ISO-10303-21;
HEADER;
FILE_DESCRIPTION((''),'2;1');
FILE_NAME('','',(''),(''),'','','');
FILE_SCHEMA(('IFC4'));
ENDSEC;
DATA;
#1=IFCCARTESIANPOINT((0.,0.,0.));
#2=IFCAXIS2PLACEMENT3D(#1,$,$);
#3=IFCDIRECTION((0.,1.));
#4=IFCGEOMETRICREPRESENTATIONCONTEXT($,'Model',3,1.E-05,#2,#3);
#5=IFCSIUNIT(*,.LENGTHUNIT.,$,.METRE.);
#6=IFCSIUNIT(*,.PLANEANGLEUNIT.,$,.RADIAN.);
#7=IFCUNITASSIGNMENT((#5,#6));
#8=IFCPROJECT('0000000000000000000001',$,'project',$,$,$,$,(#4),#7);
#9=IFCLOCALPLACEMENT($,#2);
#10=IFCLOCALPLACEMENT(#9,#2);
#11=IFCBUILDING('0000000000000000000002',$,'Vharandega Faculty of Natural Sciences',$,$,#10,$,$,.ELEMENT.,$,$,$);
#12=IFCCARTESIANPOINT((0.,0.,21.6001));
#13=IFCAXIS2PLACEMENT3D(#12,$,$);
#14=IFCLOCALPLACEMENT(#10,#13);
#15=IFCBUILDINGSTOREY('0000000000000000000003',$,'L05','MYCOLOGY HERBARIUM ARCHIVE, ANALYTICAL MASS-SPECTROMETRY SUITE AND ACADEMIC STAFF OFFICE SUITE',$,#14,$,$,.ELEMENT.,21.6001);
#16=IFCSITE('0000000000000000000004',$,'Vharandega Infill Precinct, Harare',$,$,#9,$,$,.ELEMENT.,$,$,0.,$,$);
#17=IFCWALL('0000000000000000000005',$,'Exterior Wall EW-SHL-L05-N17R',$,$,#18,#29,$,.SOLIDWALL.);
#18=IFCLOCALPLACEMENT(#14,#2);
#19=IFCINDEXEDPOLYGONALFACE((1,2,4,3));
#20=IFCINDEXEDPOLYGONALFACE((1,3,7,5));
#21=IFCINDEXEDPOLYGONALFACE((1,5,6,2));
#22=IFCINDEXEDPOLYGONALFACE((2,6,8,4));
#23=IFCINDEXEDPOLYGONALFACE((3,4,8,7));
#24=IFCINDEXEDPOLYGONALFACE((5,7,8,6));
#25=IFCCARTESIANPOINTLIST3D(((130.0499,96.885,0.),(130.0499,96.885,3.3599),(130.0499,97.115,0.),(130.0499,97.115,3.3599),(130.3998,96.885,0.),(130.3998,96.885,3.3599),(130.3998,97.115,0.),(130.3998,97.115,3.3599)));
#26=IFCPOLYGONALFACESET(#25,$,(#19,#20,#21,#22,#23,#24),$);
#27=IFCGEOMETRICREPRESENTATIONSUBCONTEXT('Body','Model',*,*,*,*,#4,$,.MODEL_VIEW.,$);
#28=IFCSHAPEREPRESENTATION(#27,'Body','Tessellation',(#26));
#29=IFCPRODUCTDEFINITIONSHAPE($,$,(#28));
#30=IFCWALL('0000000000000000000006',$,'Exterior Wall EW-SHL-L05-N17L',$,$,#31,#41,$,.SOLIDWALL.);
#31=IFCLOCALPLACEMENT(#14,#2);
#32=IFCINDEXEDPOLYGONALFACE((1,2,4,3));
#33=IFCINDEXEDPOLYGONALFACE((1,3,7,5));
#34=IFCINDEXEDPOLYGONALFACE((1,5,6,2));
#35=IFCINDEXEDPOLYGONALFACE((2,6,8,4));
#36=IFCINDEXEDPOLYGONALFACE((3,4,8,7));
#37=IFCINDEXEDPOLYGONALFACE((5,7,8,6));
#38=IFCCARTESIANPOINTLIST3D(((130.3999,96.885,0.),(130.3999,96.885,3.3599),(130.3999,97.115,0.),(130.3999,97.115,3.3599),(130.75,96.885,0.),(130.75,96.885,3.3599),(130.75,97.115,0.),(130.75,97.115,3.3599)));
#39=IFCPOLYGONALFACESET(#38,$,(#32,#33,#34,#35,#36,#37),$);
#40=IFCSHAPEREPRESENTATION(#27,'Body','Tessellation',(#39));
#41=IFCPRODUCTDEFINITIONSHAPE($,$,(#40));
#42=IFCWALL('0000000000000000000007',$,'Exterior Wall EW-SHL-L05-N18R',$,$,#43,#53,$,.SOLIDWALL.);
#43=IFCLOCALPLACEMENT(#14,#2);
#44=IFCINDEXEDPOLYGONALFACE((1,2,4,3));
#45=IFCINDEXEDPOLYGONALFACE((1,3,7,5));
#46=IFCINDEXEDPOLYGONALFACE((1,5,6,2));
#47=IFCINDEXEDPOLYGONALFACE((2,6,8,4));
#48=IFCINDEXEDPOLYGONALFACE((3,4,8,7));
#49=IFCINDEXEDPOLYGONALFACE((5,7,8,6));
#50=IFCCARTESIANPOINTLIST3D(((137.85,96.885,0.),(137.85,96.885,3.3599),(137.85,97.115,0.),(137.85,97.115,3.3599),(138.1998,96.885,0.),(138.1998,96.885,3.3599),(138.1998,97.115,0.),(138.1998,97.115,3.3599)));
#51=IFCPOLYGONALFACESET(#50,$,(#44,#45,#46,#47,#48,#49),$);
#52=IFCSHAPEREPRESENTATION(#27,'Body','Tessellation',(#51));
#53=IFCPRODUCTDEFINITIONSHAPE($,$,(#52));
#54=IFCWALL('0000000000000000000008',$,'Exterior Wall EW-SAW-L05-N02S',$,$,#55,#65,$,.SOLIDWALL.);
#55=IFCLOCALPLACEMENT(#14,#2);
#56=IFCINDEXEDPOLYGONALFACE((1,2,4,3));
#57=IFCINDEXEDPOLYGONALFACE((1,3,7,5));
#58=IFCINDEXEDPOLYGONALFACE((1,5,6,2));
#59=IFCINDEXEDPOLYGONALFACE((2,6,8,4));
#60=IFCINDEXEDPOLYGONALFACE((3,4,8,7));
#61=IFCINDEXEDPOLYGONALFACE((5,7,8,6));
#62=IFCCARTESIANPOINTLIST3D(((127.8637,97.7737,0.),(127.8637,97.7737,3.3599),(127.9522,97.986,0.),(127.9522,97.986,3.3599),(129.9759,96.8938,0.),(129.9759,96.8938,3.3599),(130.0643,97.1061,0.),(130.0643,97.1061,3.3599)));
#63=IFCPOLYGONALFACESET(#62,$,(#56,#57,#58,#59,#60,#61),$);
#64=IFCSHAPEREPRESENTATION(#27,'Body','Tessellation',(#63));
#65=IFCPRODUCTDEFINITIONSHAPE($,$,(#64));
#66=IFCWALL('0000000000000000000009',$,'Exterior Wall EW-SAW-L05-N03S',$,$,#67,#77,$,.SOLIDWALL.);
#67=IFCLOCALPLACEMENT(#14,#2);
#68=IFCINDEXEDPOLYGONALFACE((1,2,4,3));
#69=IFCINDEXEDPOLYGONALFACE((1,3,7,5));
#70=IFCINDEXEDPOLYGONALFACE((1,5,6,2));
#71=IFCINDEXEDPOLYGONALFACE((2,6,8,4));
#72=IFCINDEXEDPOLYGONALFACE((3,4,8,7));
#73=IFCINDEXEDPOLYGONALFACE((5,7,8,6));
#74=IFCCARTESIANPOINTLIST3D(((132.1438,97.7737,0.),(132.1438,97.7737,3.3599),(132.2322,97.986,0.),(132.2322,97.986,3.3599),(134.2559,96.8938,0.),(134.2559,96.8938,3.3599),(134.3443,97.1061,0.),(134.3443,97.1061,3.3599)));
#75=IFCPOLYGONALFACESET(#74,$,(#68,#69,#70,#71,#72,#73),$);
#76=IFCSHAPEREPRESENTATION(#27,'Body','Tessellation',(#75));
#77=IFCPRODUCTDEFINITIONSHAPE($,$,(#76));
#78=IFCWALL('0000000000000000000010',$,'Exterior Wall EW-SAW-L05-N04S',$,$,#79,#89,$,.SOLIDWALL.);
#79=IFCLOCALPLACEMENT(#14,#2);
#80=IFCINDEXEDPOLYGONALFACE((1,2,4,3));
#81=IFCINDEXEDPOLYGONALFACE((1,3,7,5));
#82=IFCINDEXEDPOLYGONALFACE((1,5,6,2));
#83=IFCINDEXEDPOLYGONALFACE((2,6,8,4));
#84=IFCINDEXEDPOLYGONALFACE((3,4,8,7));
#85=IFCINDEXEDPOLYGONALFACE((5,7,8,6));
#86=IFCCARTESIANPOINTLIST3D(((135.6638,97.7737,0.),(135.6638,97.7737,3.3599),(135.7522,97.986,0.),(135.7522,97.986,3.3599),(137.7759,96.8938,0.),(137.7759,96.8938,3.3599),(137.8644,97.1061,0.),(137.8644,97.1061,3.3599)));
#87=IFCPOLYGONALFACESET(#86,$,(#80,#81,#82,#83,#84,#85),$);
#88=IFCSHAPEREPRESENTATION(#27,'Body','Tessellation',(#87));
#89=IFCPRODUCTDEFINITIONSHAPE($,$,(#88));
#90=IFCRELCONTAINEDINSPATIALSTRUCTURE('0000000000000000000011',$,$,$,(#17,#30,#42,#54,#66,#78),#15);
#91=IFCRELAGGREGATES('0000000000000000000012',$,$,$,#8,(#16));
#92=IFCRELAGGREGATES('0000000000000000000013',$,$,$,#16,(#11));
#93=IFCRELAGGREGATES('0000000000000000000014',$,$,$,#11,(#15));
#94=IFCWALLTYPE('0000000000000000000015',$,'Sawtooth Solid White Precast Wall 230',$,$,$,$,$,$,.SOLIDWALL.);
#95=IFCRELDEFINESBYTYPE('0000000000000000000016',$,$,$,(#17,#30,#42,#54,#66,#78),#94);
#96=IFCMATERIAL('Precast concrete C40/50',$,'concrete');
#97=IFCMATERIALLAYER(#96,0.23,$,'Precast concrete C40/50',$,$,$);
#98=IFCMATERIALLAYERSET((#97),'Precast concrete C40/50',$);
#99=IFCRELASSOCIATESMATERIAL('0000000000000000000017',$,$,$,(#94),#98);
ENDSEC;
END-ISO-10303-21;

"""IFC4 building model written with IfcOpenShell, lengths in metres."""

from ifc_helpers import new_model, si_unit, direction, frame, frame_2d, origin, place, context, subcontext, project, spatial, rectangle, extrude, material, layer, layer_set, type_object, element, save


model = new_model("IFC4")

# Units and contexts
model_context = context("Model", 3, precision=1e-05, world=origin(), true_north=direction((0.0, 1.0)))
body_context = subcontext(model_context, "Body", "Model", "MODEL_VIEW")
ifc_project = project(units=[si_unit("LENGTHUNIT", "METRE"), si_unit("PLANEANGLEUNIT", "RADIAN")], contexts=[model_context])

# Site, building, storey
site_placement = place(None, origin())
site = spatial("IfcSite", under=ifc_project, at=site_placement, Name="Vharandega Infill Precinct, Harare", CompositionType="ELEMENT", RefElevation=0.0)
building_placement = place(site_placement, origin())
building = spatial("IfcBuilding", under=site, at=building_placement, Name="Vharandega Faculty of Natural Sciences", CompositionType="ELEMENT")
storey_placement = place(building_placement, frame((0.0, 0.0, 21.6001)))
storey = spatial("IfcBuildingStorey", under=building, at=storey_placement, Name="L05", Description="MYCOLOGY HERBARIUM ARCHIVE, ANALYTICAL MASS-SPECTROMETRY SUITE AND ACADEMIC STAFF OFFICE SUITE", CompositionType="ELEMENT", Elevation=21.6001)

# Walls
ifc_material_1 = material(Name="Precast concrete C40/50", Category="concrete")
ifc_layer_1 = layer(ifc_material_1, 0.23, Name="Precast concrete C40/50")
ifc_layer_set_1 = layer_set([ifc_layer_1], Name="Precast concrete C40/50")
wall_type_1 = type_object("IfcWallType", Name="Sawtooth Solid White Precast Wall 230", PredefinedType="SOLIDWALL", material=ifc_layer_set_1)
wall_1_placement = place(storey_placement, frame((130.05, 97.0, 0.0), z_axis=(0.0, 0.0, 1.0), x_axis=(1.0, 0.0, 0.0)))
element("IfcWall", 1, at=wall_1_placement, inside=storey, type_object=wall_type_1, Name="Exterior Wall EW-SHL-L05-N17R", PredefinedType="SOLIDWALL", context=body_context, shape_type="SweptSolid", body=[
    extrude(rectangle(XDim=0.3499, YDim=0.23, at=frame_2d((0.1748, 0.0))), origin(), (0.0, 0.0, 1.0), 3.3599),
])
wall_2_placement = place(storey_placement, frame((130.3999, 97.0, 0.0), z_axis=(0.0, 0.0, 1.0), x_axis=(1.0, 0.0, 0.0)))
element("IfcWall", 2, at=wall_2_placement, inside=storey, type_object=wall_type_1, Name="Exterior Wall EW-SHL-L05-N17L", PredefinedType="SOLIDWALL", context=body_context, shape_type="SweptSolid", body=[
    extrude(rectangle(XDim=0.3501, YDim=0.23, at=frame_2d((0.175, 0.0))), origin(), (0.0, 0.0, 1.0), 3.3599),
])
wall_3_placement = place(storey_placement, frame((137.8501, 97.0, 0.0), z_axis=(0.0, 0.0, 1.0), x_axis=(1.0, 0.0, 0.0)))
element("IfcWall", 3, at=wall_3_placement, inside=storey, type_object=wall_type_1, Name="Exterior Wall EW-SHL-L05-N18R", PredefinedType="SOLIDWALL", context=body_context, shape_type="SweptSolid", body=[
    extrude(rectangle(XDim=0.3499, YDim=0.23, at=frame_2d((0.1748, 0.0))), origin(), (0.0, 0.0, 1.0), 3.3599),
])
for number, where, z_axis, x_axis, name in (
    (4, (127.908, 97.8799, 0.0), (0.0, 0.0, 1.0), (0.923099, -0.384562, 0.0), "Exterior Wall EW-SAW-L05-N02S"),
    (5, (132.188, 97.8799, 0.0), (0.0, 0.0, 1.0), (0.923099, -0.384562, 0.0), "Exterior Wall EW-SAW-L05-N03S"),
    (6, (135.708, 97.8799, 0.0), (0.0, 0.0, 1.0), (0.923099, -0.384562, 0.0), "Exterior Wall EW-SAW-L05-N04S"),
):
    element("IfcWall", number, at=place(storey_placement, frame(where, z_axis=z_axis, x_axis=x_axis)), inside=storey, type_object=wall_type_1, Name=name, PredefinedType="SOLIDWALL", context=body_context, shape_type="SweptSolid", body=[
        extrude(rectangle(XDim=2.2881, YDim=0.23, at=frame_2d((1.144, 0.0))), origin(), (0.0, 0.0, 1.0), 3.3599),
    ])

save(model, "model.ifc")
